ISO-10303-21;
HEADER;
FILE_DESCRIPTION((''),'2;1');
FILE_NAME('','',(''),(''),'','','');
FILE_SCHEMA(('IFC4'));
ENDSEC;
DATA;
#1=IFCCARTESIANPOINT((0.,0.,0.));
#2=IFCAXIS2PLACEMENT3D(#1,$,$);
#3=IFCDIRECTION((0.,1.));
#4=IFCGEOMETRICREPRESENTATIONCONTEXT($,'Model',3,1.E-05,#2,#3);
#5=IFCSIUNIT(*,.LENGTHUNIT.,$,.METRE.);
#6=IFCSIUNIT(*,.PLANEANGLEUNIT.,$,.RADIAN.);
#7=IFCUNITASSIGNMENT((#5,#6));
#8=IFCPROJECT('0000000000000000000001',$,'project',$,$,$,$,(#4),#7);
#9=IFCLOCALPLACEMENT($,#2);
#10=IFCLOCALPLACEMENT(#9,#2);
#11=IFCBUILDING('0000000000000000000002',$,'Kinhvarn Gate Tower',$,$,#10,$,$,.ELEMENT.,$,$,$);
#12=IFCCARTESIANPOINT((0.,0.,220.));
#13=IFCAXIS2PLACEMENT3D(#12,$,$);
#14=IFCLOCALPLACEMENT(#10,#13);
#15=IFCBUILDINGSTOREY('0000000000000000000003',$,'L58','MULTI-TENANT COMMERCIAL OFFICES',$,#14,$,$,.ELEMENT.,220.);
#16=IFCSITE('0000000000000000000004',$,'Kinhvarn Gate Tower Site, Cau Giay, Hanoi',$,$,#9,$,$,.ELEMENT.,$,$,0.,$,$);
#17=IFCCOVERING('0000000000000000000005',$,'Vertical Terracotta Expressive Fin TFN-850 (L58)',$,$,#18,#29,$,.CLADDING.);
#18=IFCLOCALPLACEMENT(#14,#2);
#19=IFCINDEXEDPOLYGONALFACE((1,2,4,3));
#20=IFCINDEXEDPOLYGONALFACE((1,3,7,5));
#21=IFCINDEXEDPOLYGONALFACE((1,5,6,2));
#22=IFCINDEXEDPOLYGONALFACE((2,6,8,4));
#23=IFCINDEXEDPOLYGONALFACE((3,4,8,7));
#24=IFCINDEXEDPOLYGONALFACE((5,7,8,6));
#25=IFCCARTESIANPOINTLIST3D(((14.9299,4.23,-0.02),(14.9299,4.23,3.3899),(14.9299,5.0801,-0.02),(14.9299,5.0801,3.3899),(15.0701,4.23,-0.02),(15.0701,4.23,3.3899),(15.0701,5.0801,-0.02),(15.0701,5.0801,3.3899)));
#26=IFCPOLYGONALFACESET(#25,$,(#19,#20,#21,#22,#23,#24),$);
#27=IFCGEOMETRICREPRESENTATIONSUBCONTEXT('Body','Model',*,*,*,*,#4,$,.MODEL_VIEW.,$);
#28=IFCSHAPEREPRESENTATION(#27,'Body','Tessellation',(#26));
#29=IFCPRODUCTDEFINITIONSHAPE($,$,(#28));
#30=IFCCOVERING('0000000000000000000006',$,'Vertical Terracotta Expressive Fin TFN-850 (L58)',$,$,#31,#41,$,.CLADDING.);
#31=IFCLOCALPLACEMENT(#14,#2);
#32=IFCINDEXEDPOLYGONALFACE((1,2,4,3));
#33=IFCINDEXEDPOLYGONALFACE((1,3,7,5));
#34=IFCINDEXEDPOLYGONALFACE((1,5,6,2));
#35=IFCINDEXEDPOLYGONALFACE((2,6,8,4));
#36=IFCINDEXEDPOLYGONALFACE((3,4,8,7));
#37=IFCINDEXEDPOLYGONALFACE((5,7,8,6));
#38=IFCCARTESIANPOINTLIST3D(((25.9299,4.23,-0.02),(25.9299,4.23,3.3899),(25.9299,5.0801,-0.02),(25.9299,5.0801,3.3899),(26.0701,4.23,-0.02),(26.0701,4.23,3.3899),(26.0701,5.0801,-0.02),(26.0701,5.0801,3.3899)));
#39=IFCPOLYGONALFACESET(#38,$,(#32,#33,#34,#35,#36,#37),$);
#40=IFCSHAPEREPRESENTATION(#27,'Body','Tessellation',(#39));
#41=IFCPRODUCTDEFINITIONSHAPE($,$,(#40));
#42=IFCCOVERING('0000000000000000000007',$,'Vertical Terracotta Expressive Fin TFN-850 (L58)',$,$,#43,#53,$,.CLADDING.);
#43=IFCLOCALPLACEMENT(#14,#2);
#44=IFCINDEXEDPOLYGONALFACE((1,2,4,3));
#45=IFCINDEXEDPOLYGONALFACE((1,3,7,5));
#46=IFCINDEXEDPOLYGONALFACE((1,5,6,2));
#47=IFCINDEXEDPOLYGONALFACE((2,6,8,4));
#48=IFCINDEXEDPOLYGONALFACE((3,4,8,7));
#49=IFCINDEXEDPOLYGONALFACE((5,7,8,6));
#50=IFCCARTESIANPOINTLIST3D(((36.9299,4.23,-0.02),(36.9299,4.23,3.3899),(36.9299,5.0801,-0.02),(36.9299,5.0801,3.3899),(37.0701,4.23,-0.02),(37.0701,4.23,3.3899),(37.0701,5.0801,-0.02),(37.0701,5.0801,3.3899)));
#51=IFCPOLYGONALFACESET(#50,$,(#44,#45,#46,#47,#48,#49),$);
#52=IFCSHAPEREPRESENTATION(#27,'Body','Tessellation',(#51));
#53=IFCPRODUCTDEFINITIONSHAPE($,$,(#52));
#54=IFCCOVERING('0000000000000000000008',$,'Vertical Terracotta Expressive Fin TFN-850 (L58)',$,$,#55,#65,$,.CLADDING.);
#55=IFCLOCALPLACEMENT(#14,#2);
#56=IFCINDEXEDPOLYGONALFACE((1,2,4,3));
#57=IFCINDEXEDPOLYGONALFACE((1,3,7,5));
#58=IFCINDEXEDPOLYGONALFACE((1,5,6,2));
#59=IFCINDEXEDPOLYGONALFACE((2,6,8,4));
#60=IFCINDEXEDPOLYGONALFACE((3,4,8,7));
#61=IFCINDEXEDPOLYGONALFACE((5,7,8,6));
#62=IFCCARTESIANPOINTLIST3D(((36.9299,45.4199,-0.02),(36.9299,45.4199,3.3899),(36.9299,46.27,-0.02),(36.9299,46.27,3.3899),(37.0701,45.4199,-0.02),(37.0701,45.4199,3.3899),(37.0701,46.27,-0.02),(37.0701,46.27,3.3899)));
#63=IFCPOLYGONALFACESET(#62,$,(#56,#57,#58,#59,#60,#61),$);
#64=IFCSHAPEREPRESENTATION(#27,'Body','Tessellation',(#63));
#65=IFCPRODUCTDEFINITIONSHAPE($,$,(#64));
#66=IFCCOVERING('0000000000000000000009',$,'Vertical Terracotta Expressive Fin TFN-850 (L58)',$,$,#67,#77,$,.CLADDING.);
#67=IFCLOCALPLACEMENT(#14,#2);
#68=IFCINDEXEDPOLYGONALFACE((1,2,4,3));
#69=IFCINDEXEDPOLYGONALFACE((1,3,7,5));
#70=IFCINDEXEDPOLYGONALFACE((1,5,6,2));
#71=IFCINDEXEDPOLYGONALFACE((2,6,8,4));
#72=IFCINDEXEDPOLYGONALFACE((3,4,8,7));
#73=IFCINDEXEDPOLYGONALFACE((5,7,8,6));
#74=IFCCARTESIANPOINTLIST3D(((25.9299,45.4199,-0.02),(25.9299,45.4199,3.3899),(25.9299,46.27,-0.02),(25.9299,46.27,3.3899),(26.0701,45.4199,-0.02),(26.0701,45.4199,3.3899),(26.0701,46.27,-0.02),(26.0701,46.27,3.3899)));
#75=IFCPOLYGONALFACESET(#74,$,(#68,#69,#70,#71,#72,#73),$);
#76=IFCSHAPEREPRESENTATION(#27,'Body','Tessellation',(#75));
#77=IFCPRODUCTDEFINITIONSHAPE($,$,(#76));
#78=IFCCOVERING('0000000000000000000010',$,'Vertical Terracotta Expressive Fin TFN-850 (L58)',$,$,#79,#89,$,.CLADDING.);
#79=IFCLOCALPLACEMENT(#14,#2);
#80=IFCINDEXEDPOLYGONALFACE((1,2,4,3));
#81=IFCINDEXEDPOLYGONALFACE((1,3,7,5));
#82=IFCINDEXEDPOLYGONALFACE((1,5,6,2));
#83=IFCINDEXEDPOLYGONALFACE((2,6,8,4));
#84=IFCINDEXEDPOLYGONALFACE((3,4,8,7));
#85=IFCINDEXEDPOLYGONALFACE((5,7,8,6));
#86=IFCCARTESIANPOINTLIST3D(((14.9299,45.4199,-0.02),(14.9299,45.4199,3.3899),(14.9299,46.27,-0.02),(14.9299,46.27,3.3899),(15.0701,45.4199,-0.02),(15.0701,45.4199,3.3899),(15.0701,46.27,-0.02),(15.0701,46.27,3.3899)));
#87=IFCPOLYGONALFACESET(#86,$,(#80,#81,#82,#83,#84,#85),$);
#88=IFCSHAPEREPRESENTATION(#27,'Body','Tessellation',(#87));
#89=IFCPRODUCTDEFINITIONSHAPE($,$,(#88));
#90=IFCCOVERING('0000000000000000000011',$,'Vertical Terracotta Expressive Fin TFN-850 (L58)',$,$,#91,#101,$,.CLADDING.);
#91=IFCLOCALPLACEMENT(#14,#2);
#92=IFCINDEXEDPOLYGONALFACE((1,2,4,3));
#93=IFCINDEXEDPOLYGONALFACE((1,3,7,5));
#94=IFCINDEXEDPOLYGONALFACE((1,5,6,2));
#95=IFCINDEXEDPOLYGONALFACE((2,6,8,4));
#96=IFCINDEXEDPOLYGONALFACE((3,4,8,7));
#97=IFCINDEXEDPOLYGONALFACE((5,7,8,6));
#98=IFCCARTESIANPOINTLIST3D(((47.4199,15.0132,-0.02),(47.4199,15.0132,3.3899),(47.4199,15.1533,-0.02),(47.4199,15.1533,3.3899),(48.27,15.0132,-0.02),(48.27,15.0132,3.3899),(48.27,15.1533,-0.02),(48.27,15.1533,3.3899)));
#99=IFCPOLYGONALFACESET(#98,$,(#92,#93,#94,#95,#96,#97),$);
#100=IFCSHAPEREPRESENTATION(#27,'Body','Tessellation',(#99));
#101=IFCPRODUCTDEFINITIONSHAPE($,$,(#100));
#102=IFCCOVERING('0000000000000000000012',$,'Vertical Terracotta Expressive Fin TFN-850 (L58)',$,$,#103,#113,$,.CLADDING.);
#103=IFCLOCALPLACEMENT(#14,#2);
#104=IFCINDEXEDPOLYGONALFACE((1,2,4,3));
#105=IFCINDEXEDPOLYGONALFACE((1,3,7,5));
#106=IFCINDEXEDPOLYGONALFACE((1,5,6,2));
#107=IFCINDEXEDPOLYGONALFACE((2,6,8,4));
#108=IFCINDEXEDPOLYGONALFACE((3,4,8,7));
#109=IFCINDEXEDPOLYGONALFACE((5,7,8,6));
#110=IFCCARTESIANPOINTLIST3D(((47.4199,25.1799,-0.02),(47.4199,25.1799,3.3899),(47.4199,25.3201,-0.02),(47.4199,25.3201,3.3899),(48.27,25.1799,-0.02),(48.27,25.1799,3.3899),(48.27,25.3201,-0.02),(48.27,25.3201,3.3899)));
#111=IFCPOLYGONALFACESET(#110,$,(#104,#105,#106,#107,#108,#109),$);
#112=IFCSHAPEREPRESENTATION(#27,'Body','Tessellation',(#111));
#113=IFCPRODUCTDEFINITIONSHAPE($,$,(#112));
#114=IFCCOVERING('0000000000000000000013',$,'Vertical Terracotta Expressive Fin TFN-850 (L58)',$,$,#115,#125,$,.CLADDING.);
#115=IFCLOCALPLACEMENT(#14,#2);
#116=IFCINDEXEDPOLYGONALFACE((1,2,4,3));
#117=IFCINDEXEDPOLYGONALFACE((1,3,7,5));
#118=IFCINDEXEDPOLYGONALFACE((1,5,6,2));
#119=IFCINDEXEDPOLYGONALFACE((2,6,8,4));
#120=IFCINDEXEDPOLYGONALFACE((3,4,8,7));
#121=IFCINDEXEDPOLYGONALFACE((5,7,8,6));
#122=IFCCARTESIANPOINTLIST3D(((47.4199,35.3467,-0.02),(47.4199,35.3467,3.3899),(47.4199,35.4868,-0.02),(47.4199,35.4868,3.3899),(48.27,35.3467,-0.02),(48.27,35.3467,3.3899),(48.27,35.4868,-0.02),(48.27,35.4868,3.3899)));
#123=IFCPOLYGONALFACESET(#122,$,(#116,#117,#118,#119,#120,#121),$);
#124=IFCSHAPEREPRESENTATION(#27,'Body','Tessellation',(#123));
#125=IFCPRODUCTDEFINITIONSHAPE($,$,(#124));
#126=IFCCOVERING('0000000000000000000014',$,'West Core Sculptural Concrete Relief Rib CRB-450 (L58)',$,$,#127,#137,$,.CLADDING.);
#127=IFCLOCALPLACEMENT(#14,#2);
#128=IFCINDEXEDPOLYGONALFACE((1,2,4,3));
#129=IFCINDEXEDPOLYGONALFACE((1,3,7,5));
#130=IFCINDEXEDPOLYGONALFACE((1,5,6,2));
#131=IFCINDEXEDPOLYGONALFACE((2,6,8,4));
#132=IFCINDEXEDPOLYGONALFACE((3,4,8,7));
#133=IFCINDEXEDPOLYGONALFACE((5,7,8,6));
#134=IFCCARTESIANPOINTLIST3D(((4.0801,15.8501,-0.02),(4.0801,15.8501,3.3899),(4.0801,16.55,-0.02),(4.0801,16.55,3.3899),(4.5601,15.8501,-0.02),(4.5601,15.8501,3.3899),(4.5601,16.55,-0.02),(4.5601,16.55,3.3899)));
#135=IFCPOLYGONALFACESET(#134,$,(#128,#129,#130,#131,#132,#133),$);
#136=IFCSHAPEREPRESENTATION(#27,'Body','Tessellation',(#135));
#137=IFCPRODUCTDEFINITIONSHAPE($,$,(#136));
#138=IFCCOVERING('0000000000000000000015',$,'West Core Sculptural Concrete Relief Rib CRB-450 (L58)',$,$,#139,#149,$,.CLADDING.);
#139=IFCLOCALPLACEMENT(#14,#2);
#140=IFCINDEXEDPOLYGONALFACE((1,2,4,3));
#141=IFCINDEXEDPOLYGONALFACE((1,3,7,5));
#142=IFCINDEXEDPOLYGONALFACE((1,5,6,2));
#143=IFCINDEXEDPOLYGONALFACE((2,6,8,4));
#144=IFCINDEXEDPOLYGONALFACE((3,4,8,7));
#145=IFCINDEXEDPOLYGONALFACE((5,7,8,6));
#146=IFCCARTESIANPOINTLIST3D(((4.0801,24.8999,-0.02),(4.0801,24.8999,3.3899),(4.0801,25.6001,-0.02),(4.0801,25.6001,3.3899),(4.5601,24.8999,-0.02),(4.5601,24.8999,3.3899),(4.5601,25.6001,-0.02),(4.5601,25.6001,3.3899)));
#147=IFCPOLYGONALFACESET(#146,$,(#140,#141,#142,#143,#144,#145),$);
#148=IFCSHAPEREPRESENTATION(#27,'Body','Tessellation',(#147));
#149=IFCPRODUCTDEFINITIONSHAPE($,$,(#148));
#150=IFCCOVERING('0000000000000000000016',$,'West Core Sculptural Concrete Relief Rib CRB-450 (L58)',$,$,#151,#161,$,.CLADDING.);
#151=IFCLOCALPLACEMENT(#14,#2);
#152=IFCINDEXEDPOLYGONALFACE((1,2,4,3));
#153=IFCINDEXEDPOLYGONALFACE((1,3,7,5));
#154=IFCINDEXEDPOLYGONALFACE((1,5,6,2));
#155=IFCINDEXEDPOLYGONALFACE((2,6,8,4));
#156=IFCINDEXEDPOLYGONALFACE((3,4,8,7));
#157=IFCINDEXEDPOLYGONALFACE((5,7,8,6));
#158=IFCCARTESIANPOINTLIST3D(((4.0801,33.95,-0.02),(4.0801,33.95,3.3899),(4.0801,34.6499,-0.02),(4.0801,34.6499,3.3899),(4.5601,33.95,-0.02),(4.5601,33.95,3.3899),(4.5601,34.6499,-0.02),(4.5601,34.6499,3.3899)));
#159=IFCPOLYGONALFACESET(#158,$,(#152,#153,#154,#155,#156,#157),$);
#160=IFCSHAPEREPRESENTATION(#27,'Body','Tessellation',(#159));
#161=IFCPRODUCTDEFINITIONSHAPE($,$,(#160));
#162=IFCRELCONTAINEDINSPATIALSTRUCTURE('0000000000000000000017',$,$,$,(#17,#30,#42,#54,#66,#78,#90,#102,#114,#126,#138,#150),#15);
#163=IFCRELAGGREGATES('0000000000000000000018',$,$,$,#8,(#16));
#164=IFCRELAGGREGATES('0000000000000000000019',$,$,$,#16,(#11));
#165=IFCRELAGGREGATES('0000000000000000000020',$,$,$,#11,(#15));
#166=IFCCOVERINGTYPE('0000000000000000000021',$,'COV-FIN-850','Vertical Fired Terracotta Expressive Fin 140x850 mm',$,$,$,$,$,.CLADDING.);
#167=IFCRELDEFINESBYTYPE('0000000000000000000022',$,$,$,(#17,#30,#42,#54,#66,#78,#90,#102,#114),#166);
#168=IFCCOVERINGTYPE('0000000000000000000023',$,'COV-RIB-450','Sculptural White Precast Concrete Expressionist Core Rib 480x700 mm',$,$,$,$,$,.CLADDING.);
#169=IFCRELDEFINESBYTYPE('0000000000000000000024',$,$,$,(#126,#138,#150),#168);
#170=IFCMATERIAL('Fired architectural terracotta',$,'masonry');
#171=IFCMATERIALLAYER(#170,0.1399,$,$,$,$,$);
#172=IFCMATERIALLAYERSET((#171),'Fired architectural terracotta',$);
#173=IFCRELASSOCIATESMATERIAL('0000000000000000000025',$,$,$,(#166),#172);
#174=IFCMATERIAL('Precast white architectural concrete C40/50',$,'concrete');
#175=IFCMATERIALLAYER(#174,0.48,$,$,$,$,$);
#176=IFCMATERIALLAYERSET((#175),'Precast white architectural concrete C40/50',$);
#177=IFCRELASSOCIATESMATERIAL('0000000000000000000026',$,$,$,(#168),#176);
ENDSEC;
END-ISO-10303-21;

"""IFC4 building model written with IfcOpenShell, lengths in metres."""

from ifc_helpers import new_model, si_unit, direction, frame, origin, place, context, subcontext, project, spatial, polyline, outline, extrude, material, layer, layer_set, type_object, element, save


model = new_model("IFC4")

# Units and contexts
model_context = context("Model", 3, precision=1e-05, world=origin(), true_north=direction((0.0, 1.0)))
body_context = subcontext(model_context, "Body", "Model", "MODEL_VIEW")
ifc_project = project(units=[si_unit("LENGTHUNIT", "METRE"), si_unit("PLANEANGLEUNIT", "RADIAN")], contexts=[model_context])

# Site, building, storey
site_placement = place(None, origin())
site = spatial("IfcSite", under=ifc_project, at=site_placement, Name="Kinhvarn Gate Tower Site, Cau Giay, Hanoi", CompositionType="ELEMENT", RefElevation=0.0)
building_placement = place(site_placement, origin())
building = spatial("IfcBuilding", under=site, at=building_placement, Name="Kinhvarn Gate Tower", CompositionType="ELEMENT")
storey_placement = place(building_placement, frame((0.0, 0.0, 220.0)))
storey = spatial("IfcBuildingStorey", under=building, at=storey_placement, Name="L58", Description="MULTI-TENANT COMMERCIAL OFFICES", CompositionType="ELEMENT", Elevation=220.0)

# Shared definitions
ifc_material_1 = material(Name="Precast white architectural concrete C40/50", Category="concrete")

# Coverings
ifc_material_2 = material(Name="Fired architectural terracotta", Category="masonry")
ifc_layer_1 = layer(ifc_material_2, 0.1399)
ifc_layer_set_1 = layer_set([ifc_layer_1], Name="Fired architectural terracotta")
covering_type_1 = type_object("IfcCoveringType", Name="COV-FIN-850", Description="Vertical Fired Terracotta Expressive Fin 140x850 mm", PredefinedType="CLADDING", material=ifc_layer_set_1)
covering_1_placement = place(storey_placement, frame((0.0, 0.0, -0.02)))
element("IfcCovering", 1, at=covering_1_placement, inside=storey, type_object=covering_type_1, Name="Vertical Terracotta Expressive Fin TFN-850 (L58)", PredefinedType="CLADDING", context=body_context, shape_type="SweptSolid", body=[
    extrude(outline(polyline([(14.9299, 5.0801), (15.0701, 5.0801), (15.0701, 4.23), (14.9299, 4.23), (14.9299, 5.0801)])), origin(), (0.0, 0.0, 1.0), 3.4099),
])
covering_2_placement = place(storey_placement, frame((0.0, 0.0, -0.02)))
element("IfcCovering", 2, at=covering_2_placement, inside=storey, type_object=covering_type_1, Name="Vertical Terracotta Expressive Fin TFN-850 (L58)", PredefinedType="CLADDING", context=body_context, shape_type="SweptSolid", body=[
    extrude(outline(polyline([(25.9299, 5.0801), (26.0701, 5.0801), (26.0701, 4.23), (25.9299, 4.23), (25.9299, 5.0801)])), origin(), (0.0, 0.0, 1.0), 3.4099),
])
covering_3_placement = place(storey_placement, frame((0.0, 0.0, -0.02)))
element("IfcCovering", 3, at=covering_3_placement, inside=storey, type_object=covering_type_1, Name="Vertical Terracotta Expressive Fin TFN-850 (L58)", PredefinedType="CLADDING", context=body_context, shape_type="SweptSolid", body=[
    extrude(outline(polyline([(36.9299, 5.0801), (37.0701, 5.0801), (37.0701, 4.23), (36.9299, 4.23), (36.9299, 5.0801)])), origin(), (0.0, 0.0, 1.0), 3.4099),
])
covering_4_placement = place(storey_placement, frame((0.0, 0.0, -0.02)))
element("IfcCovering", 4, at=covering_4_placement, inside=storey, type_object=covering_type_1, Name="Vertical Terracotta Expressive Fin TFN-850 (L58)", PredefinedType="CLADDING", context=body_context, shape_type="SweptSolid", body=[
    extrude(outline(polyline([(37.0701, 45.4199), (36.9299, 45.4199), (36.9299, 46.27), (37.0701, 46.27), (37.0701, 45.4199)])), origin(), (0.0, 0.0, 1.0), 3.4099),
])
covering_5_placement = place(storey_placement, frame((0.0, 0.0, -0.02)))
element("IfcCovering", 5, at=covering_5_placement, inside=storey, type_object=covering_type_1, Name="Vertical Terracotta Expressive Fin TFN-850 (L58)", PredefinedType="CLADDING", context=body_context, shape_type="SweptSolid", body=[
    extrude(outline(polyline([(26.0701, 45.4199), (25.9299, 45.4199), (25.9299, 46.27), (26.0701, 46.27), (26.0701, 45.4199)])), origin(), (0.0, 0.0, 1.0), 3.4099),
])
covering_6_placement = place(storey_placement, frame((0.0, 0.0, -0.02)))
element("IfcCovering", 6, at=covering_6_placement, inside=storey, type_object=covering_type_1, Name="Vertical Terracotta Expressive Fin TFN-850 (L58)", PredefinedType="CLADDING", context=body_context, shape_type="SweptSolid", body=[
    extrude(outline(polyline([(15.0701, 45.4199), (14.9299, 45.4199), (14.9299, 46.27), (15.0701, 46.27), (15.0701, 45.4199)])), origin(), (0.0, 0.0, 1.0), 3.4099),
])
covering_7_placement = place(storey_placement, frame((0.0, 0.0, -0.02)))
element("IfcCovering", 7, at=covering_7_placement, inside=storey, type_object=covering_type_1, Name="Vertical Terracotta Expressive Fin TFN-850 (L58)", PredefinedType="CLADDING", context=body_context, shape_type="SweptSolid", body=[
    extrude(outline(polyline([(47.4199, 15.0132), (47.4199, 15.1533), (48.27, 15.1533), (48.27, 15.0132), (47.4199, 15.0132)])), origin(), (0.0, 0.0, 1.0), 3.4099),
])
covering_8_placement = place(storey_placement, frame((0.0, 0.0, -0.02)))
element("IfcCovering", 8, at=covering_8_placement, inside=storey, type_object=covering_type_1, Name="Vertical Terracotta Expressive Fin TFN-850 (L58)", PredefinedType="CLADDING", context=body_context, shape_type="SweptSolid", body=[
    extrude(outline(polyline([(47.4199, 25.1799), (47.4199, 25.3201), (48.27, 25.3201), (48.27, 25.1799), (47.4199, 25.1799)])), origin(), (0.0, 0.0, 1.0), 3.4099),
])
covering_9_placement = place(storey_placement, frame((0.0, 0.0, -0.02)))
element("IfcCovering", 9, at=covering_9_placement, inside=storey, type_object=covering_type_1, Name="Vertical Terracotta Expressive Fin TFN-850 (L58)", PredefinedType="CLADDING", context=body_context, shape_type="SweptSolid", body=[
    extrude(outline(polyline([(47.4199, 35.3467), (47.4199, 35.4868), (48.27, 35.4868), (48.27, 35.3467), (47.4199, 35.3467)])), origin(), (0.0, 0.0, 1.0), 3.4099),
])
ifc_layer_2 = layer(ifc_material_1, 0.48)
ifc_layer_set_2 = layer_set([ifc_layer_2], Name="Precast white architectural concrete C40/50")
covering_type_2 = type_object("IfcCoveringType", Name="COV-RIB-450", Description="Sculptural White Precast Concrete Expressionist Core Rib 480x700 mm", PredefinedType="CLADDING", material=ifc_layer_set_2)
covering_10_placement = place(storey_placement, frame((0.0, 0.0, -0.02)))
element("IfcCovering", 10, at=covering_10_placement, inside=storey, type_object=covering_type_2, Name="West Core Sculptural Concrete Relief Rib CRB-450 (L58)", PredefinedType="CLADDING", context=body_context, shape_type="SweptSolid", body=[
    extrude(outline(polyline([(4.0801, 15.8501), (4.5601, 15.8501), (4.5601, 16.55), (4.0801, 16.55), (4.0801, 15.8501)])), origin(), (0.0, 0.0, 1.0), 3.4099),
])
covering_11_placement = place(storey_placement, frame((0.0, 0.0, -0.02)))
element("IfcCovering", 11, at=covering_11_placement, inside=storey, type_object=covering_type_2, Name="West Core Sculptural Concrete Relief Rib CRB-450 (L58)", PredefinedType="CLADDING", context=body_context, shape_type="SweptSolid", body=[
    extrude(outline(polyline([(4.0801, 24.8999), (4.5601, 24.8999), (4.5601, 25.6001), (4.0801, 25.6001), (4.0801, 24.8999)])), origin(), (0.0, 0.0, 1.0), 3.4099),
])
covering_12_placement = place(storey_placement, frame((0.0, 0.0, -0.02)))
element("IfcCovering", 12, at=covering_12_placement, inside=storey, type_object=covering_type_2, Name="West Core Sculptural Concrete Relief Rib CRB-450 (L58)", PredefinedType="CLADDING", context=body_context, shape_type="SweptSolid", body=[
    extrude(outline(polyline([(4.0801, 33.95), (4.5601, 33.95), (4.5601, 34.6499), (4.0801, 34.6499), (4.0801, 33.95)])), origin(), (0.0, 0.0, 1.0), 3.4099),
])

save(model, "model.ifc")
